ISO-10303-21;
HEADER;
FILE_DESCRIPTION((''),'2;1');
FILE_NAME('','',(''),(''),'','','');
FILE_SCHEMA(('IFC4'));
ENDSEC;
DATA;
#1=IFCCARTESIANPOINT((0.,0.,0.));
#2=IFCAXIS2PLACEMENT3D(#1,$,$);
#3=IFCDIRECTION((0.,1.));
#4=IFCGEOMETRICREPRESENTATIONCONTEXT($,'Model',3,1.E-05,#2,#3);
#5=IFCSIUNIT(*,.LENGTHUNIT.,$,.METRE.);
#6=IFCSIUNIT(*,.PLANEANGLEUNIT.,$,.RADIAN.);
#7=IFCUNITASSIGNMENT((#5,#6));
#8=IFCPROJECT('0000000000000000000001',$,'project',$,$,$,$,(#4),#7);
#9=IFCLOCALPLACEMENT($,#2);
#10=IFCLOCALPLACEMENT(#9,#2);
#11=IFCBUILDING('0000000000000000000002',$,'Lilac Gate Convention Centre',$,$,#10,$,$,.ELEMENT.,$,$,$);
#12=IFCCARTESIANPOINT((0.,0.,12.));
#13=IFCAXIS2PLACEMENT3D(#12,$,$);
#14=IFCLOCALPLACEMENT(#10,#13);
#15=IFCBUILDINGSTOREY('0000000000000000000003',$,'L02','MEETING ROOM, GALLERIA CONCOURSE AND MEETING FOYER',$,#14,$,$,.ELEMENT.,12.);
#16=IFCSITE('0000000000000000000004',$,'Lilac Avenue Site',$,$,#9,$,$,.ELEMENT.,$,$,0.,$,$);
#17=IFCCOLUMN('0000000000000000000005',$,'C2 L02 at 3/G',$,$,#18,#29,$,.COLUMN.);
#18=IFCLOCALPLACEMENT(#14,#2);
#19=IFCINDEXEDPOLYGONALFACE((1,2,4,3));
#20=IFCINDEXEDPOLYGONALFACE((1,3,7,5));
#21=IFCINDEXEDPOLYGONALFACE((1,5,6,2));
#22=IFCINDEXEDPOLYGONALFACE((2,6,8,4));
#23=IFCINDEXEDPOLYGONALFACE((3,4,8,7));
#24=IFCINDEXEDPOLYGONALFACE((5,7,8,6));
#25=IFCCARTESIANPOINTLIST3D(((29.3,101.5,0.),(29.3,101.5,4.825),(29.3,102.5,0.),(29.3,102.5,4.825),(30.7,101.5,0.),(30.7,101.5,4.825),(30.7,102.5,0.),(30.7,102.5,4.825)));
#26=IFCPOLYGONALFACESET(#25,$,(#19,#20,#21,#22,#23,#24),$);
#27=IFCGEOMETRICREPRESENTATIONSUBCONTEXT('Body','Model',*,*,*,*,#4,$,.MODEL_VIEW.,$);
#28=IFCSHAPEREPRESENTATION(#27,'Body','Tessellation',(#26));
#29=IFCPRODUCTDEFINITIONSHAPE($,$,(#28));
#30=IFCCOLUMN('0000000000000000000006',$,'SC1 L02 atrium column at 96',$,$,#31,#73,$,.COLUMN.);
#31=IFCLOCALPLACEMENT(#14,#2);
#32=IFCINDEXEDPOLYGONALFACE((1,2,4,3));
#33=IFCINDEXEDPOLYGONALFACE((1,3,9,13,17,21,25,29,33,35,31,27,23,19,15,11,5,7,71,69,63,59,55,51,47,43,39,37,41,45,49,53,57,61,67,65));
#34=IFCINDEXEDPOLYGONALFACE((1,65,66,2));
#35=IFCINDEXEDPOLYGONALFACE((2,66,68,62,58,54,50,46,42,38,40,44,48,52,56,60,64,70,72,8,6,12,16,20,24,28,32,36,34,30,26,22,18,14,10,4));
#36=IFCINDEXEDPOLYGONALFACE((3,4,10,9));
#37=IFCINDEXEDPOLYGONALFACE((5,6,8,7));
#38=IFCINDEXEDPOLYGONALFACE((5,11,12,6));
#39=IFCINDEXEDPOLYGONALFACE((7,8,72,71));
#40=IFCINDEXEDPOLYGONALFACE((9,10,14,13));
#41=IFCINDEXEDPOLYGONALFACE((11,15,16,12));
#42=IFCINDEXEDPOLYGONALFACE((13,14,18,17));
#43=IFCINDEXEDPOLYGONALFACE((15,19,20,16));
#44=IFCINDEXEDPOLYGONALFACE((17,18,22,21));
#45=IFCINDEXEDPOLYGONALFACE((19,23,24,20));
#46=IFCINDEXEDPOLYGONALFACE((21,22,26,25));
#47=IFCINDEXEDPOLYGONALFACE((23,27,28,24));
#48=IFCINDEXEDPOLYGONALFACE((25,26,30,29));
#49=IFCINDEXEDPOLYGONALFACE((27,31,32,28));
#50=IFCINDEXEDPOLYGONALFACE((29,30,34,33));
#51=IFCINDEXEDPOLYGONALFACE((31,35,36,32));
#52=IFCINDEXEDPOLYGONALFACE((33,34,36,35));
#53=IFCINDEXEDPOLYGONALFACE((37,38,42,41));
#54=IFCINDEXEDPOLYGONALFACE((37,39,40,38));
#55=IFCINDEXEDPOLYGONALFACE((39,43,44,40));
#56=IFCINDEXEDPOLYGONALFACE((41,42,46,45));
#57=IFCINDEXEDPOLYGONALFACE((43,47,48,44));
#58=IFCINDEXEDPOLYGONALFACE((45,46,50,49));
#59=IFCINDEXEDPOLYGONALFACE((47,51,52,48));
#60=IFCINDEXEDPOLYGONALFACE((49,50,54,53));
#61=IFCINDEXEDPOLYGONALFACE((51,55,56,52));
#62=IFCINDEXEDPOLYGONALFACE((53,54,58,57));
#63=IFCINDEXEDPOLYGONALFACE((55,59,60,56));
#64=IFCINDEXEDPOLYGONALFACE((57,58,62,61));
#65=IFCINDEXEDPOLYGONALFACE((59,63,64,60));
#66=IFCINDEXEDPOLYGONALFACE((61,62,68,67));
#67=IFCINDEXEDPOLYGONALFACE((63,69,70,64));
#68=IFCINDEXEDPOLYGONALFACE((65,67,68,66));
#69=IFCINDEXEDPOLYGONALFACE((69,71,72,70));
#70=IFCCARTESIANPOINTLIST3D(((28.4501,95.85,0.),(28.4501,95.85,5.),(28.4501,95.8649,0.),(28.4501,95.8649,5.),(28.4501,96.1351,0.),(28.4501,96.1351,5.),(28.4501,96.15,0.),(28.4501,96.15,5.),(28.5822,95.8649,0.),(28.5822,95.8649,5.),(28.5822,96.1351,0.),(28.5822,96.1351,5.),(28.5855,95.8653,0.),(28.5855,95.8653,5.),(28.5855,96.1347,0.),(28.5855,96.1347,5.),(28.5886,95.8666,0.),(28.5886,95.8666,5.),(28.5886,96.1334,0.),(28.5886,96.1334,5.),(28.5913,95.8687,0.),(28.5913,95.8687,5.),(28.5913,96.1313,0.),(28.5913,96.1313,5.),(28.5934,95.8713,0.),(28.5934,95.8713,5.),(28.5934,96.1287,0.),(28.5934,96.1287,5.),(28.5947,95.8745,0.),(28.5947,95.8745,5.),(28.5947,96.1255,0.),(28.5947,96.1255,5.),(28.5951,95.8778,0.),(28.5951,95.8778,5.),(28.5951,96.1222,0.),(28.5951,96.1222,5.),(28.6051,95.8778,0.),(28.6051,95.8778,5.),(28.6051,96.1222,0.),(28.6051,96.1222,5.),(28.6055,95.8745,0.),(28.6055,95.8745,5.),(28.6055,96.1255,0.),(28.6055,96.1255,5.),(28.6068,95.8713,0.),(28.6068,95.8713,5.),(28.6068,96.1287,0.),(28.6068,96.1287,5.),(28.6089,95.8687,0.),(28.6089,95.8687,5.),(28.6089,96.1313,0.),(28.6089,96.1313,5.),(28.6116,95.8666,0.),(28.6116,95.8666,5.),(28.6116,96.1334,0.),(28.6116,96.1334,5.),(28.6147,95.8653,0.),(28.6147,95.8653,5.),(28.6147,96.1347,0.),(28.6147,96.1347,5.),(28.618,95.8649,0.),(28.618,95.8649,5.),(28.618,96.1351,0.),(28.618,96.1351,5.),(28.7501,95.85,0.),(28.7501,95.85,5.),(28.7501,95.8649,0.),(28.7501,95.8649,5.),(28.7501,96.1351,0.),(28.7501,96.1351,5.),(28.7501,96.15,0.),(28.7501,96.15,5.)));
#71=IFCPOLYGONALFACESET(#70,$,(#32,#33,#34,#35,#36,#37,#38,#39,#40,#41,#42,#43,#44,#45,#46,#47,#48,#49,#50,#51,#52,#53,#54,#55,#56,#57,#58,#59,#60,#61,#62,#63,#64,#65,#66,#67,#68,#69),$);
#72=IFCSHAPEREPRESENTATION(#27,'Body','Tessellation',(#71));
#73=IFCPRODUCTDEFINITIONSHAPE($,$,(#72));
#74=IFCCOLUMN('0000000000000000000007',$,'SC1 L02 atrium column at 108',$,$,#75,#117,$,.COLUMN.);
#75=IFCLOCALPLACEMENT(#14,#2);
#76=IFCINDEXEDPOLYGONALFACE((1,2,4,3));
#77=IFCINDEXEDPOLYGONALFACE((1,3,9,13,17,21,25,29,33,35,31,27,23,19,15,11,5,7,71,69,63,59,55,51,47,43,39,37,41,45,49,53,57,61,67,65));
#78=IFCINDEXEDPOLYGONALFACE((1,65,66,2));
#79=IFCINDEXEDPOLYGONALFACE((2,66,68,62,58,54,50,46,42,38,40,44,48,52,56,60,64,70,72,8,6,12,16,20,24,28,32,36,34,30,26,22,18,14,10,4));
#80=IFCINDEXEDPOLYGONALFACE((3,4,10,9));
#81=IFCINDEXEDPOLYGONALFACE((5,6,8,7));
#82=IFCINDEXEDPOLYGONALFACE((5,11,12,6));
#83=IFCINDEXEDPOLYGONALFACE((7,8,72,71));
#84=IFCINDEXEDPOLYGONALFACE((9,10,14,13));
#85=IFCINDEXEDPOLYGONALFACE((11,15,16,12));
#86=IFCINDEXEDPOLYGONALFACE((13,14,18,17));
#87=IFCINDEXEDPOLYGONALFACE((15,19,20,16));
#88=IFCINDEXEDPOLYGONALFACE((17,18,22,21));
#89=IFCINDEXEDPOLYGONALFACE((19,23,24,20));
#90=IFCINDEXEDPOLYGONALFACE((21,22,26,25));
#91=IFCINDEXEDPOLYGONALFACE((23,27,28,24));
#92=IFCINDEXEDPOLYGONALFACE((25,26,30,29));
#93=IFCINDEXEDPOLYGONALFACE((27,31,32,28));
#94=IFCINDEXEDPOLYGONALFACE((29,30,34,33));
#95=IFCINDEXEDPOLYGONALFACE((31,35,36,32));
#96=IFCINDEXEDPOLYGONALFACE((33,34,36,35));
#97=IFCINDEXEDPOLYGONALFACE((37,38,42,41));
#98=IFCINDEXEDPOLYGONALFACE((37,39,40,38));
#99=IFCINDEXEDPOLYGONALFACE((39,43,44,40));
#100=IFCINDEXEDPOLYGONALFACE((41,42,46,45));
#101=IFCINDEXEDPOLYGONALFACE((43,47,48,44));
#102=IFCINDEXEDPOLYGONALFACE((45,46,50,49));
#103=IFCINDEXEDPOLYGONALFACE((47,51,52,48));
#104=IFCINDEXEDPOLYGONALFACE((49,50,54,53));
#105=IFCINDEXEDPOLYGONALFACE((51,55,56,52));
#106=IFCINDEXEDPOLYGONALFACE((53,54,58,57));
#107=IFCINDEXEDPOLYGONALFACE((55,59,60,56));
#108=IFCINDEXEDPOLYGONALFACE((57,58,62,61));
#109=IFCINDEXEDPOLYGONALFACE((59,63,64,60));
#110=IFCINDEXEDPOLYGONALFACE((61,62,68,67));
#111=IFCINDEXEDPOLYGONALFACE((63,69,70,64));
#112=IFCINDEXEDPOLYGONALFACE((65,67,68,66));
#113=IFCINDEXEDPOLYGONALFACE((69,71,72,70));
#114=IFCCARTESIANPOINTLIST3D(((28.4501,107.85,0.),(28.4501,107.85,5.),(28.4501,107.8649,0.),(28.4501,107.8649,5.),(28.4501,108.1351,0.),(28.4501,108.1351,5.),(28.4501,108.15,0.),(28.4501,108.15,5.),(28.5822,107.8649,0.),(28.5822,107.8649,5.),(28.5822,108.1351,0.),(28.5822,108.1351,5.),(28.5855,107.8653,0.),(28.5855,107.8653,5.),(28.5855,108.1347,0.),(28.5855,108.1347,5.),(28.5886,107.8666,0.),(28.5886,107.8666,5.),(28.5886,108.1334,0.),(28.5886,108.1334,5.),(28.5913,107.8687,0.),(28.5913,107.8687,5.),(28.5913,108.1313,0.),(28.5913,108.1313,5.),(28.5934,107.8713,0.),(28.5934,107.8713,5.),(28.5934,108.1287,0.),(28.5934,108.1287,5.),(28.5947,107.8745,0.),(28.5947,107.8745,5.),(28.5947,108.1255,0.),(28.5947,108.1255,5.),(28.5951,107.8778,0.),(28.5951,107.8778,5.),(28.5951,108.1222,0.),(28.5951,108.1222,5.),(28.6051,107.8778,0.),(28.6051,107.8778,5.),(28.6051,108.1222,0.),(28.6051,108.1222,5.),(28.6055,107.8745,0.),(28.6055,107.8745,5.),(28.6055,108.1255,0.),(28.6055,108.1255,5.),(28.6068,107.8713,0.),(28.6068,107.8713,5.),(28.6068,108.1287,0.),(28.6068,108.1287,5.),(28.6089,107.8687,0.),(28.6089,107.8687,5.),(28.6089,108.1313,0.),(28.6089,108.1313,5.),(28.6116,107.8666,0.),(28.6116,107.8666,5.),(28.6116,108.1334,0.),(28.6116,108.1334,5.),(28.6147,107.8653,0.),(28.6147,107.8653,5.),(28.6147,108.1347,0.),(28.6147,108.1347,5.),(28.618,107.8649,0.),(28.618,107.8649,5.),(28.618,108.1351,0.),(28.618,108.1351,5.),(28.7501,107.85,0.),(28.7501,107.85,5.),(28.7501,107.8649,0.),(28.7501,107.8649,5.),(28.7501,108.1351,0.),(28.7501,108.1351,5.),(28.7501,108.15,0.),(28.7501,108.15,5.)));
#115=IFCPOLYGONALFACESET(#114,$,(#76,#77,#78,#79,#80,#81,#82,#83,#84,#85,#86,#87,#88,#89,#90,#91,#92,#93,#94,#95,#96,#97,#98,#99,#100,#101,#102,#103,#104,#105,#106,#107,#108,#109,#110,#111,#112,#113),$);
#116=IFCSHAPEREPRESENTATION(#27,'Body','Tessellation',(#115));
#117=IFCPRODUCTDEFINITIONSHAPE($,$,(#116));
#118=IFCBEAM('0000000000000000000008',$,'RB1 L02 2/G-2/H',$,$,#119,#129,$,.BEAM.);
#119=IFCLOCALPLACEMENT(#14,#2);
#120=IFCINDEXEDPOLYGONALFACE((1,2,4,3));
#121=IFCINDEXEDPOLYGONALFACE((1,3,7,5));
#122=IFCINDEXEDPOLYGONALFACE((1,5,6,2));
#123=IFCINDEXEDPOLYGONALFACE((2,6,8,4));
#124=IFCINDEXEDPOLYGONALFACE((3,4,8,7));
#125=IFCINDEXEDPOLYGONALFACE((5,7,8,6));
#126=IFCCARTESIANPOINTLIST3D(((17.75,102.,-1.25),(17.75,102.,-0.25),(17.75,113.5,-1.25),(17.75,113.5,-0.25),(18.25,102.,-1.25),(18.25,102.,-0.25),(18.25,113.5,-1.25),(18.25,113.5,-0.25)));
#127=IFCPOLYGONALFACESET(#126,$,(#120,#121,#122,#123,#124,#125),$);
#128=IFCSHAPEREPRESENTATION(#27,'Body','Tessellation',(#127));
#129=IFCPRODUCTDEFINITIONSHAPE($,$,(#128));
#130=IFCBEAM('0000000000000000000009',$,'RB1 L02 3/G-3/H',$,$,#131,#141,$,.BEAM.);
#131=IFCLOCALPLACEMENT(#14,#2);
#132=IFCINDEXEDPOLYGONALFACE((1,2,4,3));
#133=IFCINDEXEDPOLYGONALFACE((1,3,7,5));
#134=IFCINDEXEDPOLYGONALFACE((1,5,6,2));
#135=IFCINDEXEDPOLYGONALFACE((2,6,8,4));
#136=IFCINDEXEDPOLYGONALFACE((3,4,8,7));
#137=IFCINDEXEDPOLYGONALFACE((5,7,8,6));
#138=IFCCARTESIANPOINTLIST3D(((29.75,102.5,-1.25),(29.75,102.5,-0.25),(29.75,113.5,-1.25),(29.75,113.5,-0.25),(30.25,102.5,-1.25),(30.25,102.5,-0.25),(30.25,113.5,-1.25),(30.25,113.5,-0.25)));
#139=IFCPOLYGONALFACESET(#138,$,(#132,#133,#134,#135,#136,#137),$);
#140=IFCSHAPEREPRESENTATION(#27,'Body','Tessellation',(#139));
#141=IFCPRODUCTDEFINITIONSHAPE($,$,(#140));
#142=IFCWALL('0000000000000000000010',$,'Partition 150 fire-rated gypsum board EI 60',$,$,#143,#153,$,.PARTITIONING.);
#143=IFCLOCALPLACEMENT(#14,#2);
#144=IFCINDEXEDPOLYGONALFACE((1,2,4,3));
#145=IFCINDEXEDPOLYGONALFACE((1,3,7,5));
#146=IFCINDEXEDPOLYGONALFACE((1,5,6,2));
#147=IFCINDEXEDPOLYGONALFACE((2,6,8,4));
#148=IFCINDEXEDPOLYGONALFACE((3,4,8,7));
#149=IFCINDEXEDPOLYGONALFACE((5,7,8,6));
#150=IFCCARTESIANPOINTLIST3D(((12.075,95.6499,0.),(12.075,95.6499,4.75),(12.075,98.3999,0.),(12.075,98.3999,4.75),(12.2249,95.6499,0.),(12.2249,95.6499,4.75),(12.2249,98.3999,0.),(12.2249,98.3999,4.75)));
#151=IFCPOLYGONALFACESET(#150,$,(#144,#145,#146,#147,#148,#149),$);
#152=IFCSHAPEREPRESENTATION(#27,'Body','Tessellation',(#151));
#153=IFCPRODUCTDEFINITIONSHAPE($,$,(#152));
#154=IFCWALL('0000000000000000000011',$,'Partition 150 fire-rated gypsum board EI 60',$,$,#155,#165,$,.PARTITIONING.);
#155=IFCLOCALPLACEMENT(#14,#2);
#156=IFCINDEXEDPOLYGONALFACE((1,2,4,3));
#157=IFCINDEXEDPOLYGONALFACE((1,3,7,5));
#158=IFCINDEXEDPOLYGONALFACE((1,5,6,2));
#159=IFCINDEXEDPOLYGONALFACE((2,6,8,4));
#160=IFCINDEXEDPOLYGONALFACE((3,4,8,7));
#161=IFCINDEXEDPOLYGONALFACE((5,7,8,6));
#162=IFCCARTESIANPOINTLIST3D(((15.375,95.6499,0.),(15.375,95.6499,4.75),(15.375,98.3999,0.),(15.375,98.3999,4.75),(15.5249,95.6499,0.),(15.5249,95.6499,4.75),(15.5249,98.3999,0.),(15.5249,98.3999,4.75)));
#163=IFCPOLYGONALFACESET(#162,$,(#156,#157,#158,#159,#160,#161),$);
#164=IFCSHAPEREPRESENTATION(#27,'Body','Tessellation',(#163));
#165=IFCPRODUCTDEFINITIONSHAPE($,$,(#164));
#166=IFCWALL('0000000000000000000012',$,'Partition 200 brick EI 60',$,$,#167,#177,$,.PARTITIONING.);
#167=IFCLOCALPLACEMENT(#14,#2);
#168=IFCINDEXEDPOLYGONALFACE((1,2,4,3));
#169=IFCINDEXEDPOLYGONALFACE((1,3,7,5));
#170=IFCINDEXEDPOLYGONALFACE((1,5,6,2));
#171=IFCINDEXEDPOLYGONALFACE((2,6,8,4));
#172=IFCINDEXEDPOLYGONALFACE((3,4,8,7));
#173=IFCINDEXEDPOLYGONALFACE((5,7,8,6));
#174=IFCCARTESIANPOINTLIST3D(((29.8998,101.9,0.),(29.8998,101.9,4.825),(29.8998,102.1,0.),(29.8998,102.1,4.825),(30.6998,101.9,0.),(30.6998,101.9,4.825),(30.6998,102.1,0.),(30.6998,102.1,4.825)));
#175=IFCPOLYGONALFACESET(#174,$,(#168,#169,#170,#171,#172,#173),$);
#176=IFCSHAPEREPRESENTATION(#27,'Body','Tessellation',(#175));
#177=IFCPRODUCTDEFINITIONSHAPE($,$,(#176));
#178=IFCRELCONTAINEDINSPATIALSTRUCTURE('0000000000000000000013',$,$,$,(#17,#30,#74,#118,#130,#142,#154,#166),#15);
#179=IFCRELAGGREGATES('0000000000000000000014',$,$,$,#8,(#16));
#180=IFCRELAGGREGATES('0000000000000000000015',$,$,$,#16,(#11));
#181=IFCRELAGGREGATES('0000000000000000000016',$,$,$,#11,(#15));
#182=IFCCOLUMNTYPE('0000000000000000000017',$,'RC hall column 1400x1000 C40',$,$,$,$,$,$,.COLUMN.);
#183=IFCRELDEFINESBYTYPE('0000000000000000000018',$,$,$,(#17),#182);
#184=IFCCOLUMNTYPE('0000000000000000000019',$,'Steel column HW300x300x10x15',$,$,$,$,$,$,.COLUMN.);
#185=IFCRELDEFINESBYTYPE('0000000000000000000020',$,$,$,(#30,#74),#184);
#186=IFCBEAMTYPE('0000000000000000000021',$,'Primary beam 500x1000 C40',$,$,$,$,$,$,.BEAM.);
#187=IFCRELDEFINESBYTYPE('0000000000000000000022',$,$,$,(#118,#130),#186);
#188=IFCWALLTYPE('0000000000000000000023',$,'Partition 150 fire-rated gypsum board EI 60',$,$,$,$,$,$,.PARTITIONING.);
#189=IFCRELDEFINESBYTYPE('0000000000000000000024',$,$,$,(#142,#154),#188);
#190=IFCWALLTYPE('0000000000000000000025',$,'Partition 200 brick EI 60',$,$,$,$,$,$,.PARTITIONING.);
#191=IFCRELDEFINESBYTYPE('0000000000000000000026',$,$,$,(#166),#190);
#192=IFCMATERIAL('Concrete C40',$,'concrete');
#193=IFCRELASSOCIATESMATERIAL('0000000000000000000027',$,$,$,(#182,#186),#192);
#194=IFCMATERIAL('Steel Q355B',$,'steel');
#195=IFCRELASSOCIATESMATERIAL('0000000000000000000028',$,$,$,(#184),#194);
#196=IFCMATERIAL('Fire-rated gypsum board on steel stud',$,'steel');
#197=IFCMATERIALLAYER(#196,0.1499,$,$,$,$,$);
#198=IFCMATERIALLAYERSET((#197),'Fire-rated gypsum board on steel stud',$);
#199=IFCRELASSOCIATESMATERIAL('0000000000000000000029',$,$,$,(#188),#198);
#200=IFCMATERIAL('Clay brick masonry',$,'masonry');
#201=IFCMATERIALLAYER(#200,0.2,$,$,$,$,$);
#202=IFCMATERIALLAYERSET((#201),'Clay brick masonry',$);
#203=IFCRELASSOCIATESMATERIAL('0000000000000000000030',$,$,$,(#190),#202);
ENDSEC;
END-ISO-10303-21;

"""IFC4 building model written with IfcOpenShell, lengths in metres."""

from ifc_helpers import new_model, si_unit, direction, frame, frame_2d, origin, origin_2d, place, context, subcontext, project, spatial, rectangle, i_section, extrude, material, layer, layer_set, material_profile, profile_set, type_object, element, save


model = new_model("IFC4")

# Units and contexts
model_context = context("Model", 3, precision=1e-05, world=origin(), true_north=direction((0.0, 1.0)))
body_context = subcontext(model_context, "Body", "Model", "MODEL_VIEW")
ifc_project = project(units=[si_unit("LENGTHUNIT", "METRE"), si_unit("PLANEANGLEUNIT", "RADIAN")], contexts=[model_context])

# Site, building, storey
site_placement = place(None, origin())
site = spatial("IfcSite", under=ifc_project, at=site_placement, Name="Lilac Avenue Site", CompositionType="ELEMENT", RefElevation=0.0)
building_placement = place(site_placement, origin())
building = spatial("IfcBuilding", under=site, at=building_placement, Name="Lilac Gate Convention Centre", CompositionType="ELEMENT")
storey_placement = place(building_placement, frame((0.0, 0.0, 12.0)))
storey = spatial("IfcBuildingStorey", under=building, at=storey_placement, Name="L02", Description="MEETING ROOM, GALLERIA CONCOURSE AND MEETING FOYER", CompositionType="ELEMENT", Elevation=12.0)

# Columns
ifc_material_1 = material(Name="Concrete C40", Category="concrete")
ifc_material_profile_1 = material_profile(ifc_material_1, rectangle(XDim=1.3999, YDim=1.0, at=origin_2d()), Name="RC 1400x1000")
ifc_profile_set_1 = profile_set([ifc_material_profile_1], Name="Concrete C40")
column_type_1 = type_object("IfcColumnType", Name="RC hall column 1400x1000 C40", PredefinedType="COLUMN", material=ifc_profile_set_1)
column_placement = place(storey_placement, frame((30.0, 102.0, 0.0), z_axis=(0.0, 0.0, 1.0), x_axis=(1.0, 0.0, 0.0)))
element("IfcColumn", 1, at=column_placement, inside=storey, type_object=column_type_1, Name="C2 L02 at 3/G", PredefinedType="COLUMN", context=body_context, shape_type="SweptSolid", body=[
    extrude(rectangle(XDim=1.3999, YDim=1.0, at=origin_2d()), origin(), (0.0, 0.0, 1.0), 4.825),
])
ifc_material_2 = material(Name="Steel Q355B", Category="steel")
ifc_material_profile_2 = material_profile(ifc_material_2, i_section(OverallWidth=0.3, OverallDepth=0.3, WebThickness=0.01, FlangeThickness=0.0149, FilletRadius=0.0129, at=origin_2d()), Name="HW300x300x10x15")
ifc_profile_set_2 = profile_set([ifc_material_profile_2], Name="Steel Q355B")
column_type_2 = type_object("IfcColumnType", Name="Steel column HW300x300x10x15", PredefinedType="COLUMN", material=ifc_profile_set_2)
for number, where, z_axis, x_axis, name in (
    (2, (28.6001, 96.0, 0.0), (0.0, 0.0, 1.0), (1.0, 0.0, 0.0), "SC1 L02 atrium column at 96"),
    (3, (28.6001, 108.0, 0.0), (0.0, 0.0, 1.0), (1.0, 0.0, 0.0), "SC1 L02 atrium column at 108"),
):
    element("IfcColumn", number, at=place(storey_placement, frame(where, z_axis=z_axis, x_axis=x_axis)), inside=storey, type_object=column_type_2, Name=name, PredefinedType="COLUMN", context=body_context, shape_type="SweptSolid", body=[
        extrude(i_section(OverallWidth=0.3, OverallDepth=0.3, WebThickness=0.01, FlangeThickness=0.0149, FilletRadius=0.0129, at=origin_2d()), origin(), (0.0, 0.0, 1.0), 5.0),
    ])

# Beams
ifc_material_profile_3 = material_profile(ifc_material_1, rectangle(XDim=0.5, YDim=1.0, at=origin_2d()), Name="RC 500x1000")
ifc_profile_set_3 = profile_set([ifc_material_profile_3], Name="Concrete C40")
beam_type = type_object("IfcBeamType", Name="Primary beam 500x1000 C40", PredefinedType="BEAM", material=ifc_profile_set_3)
beam_1_placement = place(storey_placement, frame((18.0, 102.0, -0.75), z_axis=(0.0, 1.0, 0.0), x_axis=(-1.0, 0.0, 0.0)))
element("IfcBeam", 4, at=beam_1_placement, inside=storey, type_object=beam_type, Name="RB1 L02 2/G-2/H", PredefinedType="BEAM", context=body_context, shape_type="SweptSolid", body=[
    extrude(rectangle(XDim=0.5, YDim=1.0, at=origin_2d()), origin(), (0.0, 0.0, 1.0), 11.5),
])
beam_2_placement = place(storey_placement, frame((30.0, 102.5, -0.75), z_axis=(0.0, 1.0, 0.0), x_axis=(-1.0, 0.0, 0.0)))
element("IfcBeam", 5, at=beam_2_placement, inside=storey, type_object=beam_type, Name="RB1 L02 3/G-3/H", PredefinedType="BEAM", context=body_context, shape_type="SweptSolid", body=[
    extrude(rectangle(XDim=0.5, YDim=1.0, at=origin_2d()), origin(), (0.0, 0.0, 1.0), 11.0),
])

# Walls
ifc_material_3 = material(Name="Fire-rated gypsum board on steel stud", Category="steel")
ifc_layer_1 = layer(ifc_material_3, 0.1499)
ifc_layer_set_1 = layer_set([ifc_layer_1], Name="Fire-rated gypsum board on steel stud")
wall_type_1 = type_object("IfcWallType", Name="Partition 150 fire-rated gypsum board EI 60", PredefinedType="PARTITIONING", material=ifc_layer_set_1)
for number, where, z_axis, x_axis, name in (
    (6, (12.1499, 95.6499, 0.0), (0.0, 0.0, 1.0), (0.0, 1.0, 0.0), "Partition 150 fire-rated gypsum board EI 60"),
    (7, (15.45, 95.6499, 0.0), (0.0, 0.0, 1.0), (0.0, 1.0, 0.0), "Partition 150 fire-rated gypsum board EI 60"),
):
    element("IfcWall", number, at=place(storey_placement, frame(where, z_axis=z_axis, x_axis=x_axis)), inside=storey, type_object=wall_type_1, Name=name, PredefinedType="PARTITIONING", context=body_context, shape_type="SweptSolid", body=[
        extrude(rectangle(XDim=2.75, YDim=0.1499, at=frame_2d((1.375, 0.0))), origin(), (0.0, 0.0, 1.0), 4.75),
    ])
ifc_material_4 = material(Name="Clay brick masonry", Category="masonry")
ifc_layer_2 = layer(ifc_material_4, 0.2)
ifc_layer_set_2 = layer_set([ifc_layer_2], Name="Clay brick masonry")
wall_type_2 = type_object("IfcWallType", Name="Partition 200 brick EI 60", PredefinedType="PARTITIONING", material=ifc_layer_set_2)
wall_1_placement = place(storey_placement, frame((29.8999, 102.0, 0.0), z_axis=(0.0, 0.0, 1.0), x_axis=(1.0, 0.0, 0.0)))
element("IfcWall", 8, at=wall_1_placement, inside=storey, type_object=wall_type_2, Name="Partition 200 brick EI 60", PredefinedType="PARTITIONING", context=body_context, shape_type="SweptSolid", body=[
    extrude(rectangle(XDim=0.8, YDim=0.2, at=frame_2d((0.3999, 0.0))), origin(), (0.0, 0.0, 1.0), 4.825),
])

save(model, "model.ifc")
